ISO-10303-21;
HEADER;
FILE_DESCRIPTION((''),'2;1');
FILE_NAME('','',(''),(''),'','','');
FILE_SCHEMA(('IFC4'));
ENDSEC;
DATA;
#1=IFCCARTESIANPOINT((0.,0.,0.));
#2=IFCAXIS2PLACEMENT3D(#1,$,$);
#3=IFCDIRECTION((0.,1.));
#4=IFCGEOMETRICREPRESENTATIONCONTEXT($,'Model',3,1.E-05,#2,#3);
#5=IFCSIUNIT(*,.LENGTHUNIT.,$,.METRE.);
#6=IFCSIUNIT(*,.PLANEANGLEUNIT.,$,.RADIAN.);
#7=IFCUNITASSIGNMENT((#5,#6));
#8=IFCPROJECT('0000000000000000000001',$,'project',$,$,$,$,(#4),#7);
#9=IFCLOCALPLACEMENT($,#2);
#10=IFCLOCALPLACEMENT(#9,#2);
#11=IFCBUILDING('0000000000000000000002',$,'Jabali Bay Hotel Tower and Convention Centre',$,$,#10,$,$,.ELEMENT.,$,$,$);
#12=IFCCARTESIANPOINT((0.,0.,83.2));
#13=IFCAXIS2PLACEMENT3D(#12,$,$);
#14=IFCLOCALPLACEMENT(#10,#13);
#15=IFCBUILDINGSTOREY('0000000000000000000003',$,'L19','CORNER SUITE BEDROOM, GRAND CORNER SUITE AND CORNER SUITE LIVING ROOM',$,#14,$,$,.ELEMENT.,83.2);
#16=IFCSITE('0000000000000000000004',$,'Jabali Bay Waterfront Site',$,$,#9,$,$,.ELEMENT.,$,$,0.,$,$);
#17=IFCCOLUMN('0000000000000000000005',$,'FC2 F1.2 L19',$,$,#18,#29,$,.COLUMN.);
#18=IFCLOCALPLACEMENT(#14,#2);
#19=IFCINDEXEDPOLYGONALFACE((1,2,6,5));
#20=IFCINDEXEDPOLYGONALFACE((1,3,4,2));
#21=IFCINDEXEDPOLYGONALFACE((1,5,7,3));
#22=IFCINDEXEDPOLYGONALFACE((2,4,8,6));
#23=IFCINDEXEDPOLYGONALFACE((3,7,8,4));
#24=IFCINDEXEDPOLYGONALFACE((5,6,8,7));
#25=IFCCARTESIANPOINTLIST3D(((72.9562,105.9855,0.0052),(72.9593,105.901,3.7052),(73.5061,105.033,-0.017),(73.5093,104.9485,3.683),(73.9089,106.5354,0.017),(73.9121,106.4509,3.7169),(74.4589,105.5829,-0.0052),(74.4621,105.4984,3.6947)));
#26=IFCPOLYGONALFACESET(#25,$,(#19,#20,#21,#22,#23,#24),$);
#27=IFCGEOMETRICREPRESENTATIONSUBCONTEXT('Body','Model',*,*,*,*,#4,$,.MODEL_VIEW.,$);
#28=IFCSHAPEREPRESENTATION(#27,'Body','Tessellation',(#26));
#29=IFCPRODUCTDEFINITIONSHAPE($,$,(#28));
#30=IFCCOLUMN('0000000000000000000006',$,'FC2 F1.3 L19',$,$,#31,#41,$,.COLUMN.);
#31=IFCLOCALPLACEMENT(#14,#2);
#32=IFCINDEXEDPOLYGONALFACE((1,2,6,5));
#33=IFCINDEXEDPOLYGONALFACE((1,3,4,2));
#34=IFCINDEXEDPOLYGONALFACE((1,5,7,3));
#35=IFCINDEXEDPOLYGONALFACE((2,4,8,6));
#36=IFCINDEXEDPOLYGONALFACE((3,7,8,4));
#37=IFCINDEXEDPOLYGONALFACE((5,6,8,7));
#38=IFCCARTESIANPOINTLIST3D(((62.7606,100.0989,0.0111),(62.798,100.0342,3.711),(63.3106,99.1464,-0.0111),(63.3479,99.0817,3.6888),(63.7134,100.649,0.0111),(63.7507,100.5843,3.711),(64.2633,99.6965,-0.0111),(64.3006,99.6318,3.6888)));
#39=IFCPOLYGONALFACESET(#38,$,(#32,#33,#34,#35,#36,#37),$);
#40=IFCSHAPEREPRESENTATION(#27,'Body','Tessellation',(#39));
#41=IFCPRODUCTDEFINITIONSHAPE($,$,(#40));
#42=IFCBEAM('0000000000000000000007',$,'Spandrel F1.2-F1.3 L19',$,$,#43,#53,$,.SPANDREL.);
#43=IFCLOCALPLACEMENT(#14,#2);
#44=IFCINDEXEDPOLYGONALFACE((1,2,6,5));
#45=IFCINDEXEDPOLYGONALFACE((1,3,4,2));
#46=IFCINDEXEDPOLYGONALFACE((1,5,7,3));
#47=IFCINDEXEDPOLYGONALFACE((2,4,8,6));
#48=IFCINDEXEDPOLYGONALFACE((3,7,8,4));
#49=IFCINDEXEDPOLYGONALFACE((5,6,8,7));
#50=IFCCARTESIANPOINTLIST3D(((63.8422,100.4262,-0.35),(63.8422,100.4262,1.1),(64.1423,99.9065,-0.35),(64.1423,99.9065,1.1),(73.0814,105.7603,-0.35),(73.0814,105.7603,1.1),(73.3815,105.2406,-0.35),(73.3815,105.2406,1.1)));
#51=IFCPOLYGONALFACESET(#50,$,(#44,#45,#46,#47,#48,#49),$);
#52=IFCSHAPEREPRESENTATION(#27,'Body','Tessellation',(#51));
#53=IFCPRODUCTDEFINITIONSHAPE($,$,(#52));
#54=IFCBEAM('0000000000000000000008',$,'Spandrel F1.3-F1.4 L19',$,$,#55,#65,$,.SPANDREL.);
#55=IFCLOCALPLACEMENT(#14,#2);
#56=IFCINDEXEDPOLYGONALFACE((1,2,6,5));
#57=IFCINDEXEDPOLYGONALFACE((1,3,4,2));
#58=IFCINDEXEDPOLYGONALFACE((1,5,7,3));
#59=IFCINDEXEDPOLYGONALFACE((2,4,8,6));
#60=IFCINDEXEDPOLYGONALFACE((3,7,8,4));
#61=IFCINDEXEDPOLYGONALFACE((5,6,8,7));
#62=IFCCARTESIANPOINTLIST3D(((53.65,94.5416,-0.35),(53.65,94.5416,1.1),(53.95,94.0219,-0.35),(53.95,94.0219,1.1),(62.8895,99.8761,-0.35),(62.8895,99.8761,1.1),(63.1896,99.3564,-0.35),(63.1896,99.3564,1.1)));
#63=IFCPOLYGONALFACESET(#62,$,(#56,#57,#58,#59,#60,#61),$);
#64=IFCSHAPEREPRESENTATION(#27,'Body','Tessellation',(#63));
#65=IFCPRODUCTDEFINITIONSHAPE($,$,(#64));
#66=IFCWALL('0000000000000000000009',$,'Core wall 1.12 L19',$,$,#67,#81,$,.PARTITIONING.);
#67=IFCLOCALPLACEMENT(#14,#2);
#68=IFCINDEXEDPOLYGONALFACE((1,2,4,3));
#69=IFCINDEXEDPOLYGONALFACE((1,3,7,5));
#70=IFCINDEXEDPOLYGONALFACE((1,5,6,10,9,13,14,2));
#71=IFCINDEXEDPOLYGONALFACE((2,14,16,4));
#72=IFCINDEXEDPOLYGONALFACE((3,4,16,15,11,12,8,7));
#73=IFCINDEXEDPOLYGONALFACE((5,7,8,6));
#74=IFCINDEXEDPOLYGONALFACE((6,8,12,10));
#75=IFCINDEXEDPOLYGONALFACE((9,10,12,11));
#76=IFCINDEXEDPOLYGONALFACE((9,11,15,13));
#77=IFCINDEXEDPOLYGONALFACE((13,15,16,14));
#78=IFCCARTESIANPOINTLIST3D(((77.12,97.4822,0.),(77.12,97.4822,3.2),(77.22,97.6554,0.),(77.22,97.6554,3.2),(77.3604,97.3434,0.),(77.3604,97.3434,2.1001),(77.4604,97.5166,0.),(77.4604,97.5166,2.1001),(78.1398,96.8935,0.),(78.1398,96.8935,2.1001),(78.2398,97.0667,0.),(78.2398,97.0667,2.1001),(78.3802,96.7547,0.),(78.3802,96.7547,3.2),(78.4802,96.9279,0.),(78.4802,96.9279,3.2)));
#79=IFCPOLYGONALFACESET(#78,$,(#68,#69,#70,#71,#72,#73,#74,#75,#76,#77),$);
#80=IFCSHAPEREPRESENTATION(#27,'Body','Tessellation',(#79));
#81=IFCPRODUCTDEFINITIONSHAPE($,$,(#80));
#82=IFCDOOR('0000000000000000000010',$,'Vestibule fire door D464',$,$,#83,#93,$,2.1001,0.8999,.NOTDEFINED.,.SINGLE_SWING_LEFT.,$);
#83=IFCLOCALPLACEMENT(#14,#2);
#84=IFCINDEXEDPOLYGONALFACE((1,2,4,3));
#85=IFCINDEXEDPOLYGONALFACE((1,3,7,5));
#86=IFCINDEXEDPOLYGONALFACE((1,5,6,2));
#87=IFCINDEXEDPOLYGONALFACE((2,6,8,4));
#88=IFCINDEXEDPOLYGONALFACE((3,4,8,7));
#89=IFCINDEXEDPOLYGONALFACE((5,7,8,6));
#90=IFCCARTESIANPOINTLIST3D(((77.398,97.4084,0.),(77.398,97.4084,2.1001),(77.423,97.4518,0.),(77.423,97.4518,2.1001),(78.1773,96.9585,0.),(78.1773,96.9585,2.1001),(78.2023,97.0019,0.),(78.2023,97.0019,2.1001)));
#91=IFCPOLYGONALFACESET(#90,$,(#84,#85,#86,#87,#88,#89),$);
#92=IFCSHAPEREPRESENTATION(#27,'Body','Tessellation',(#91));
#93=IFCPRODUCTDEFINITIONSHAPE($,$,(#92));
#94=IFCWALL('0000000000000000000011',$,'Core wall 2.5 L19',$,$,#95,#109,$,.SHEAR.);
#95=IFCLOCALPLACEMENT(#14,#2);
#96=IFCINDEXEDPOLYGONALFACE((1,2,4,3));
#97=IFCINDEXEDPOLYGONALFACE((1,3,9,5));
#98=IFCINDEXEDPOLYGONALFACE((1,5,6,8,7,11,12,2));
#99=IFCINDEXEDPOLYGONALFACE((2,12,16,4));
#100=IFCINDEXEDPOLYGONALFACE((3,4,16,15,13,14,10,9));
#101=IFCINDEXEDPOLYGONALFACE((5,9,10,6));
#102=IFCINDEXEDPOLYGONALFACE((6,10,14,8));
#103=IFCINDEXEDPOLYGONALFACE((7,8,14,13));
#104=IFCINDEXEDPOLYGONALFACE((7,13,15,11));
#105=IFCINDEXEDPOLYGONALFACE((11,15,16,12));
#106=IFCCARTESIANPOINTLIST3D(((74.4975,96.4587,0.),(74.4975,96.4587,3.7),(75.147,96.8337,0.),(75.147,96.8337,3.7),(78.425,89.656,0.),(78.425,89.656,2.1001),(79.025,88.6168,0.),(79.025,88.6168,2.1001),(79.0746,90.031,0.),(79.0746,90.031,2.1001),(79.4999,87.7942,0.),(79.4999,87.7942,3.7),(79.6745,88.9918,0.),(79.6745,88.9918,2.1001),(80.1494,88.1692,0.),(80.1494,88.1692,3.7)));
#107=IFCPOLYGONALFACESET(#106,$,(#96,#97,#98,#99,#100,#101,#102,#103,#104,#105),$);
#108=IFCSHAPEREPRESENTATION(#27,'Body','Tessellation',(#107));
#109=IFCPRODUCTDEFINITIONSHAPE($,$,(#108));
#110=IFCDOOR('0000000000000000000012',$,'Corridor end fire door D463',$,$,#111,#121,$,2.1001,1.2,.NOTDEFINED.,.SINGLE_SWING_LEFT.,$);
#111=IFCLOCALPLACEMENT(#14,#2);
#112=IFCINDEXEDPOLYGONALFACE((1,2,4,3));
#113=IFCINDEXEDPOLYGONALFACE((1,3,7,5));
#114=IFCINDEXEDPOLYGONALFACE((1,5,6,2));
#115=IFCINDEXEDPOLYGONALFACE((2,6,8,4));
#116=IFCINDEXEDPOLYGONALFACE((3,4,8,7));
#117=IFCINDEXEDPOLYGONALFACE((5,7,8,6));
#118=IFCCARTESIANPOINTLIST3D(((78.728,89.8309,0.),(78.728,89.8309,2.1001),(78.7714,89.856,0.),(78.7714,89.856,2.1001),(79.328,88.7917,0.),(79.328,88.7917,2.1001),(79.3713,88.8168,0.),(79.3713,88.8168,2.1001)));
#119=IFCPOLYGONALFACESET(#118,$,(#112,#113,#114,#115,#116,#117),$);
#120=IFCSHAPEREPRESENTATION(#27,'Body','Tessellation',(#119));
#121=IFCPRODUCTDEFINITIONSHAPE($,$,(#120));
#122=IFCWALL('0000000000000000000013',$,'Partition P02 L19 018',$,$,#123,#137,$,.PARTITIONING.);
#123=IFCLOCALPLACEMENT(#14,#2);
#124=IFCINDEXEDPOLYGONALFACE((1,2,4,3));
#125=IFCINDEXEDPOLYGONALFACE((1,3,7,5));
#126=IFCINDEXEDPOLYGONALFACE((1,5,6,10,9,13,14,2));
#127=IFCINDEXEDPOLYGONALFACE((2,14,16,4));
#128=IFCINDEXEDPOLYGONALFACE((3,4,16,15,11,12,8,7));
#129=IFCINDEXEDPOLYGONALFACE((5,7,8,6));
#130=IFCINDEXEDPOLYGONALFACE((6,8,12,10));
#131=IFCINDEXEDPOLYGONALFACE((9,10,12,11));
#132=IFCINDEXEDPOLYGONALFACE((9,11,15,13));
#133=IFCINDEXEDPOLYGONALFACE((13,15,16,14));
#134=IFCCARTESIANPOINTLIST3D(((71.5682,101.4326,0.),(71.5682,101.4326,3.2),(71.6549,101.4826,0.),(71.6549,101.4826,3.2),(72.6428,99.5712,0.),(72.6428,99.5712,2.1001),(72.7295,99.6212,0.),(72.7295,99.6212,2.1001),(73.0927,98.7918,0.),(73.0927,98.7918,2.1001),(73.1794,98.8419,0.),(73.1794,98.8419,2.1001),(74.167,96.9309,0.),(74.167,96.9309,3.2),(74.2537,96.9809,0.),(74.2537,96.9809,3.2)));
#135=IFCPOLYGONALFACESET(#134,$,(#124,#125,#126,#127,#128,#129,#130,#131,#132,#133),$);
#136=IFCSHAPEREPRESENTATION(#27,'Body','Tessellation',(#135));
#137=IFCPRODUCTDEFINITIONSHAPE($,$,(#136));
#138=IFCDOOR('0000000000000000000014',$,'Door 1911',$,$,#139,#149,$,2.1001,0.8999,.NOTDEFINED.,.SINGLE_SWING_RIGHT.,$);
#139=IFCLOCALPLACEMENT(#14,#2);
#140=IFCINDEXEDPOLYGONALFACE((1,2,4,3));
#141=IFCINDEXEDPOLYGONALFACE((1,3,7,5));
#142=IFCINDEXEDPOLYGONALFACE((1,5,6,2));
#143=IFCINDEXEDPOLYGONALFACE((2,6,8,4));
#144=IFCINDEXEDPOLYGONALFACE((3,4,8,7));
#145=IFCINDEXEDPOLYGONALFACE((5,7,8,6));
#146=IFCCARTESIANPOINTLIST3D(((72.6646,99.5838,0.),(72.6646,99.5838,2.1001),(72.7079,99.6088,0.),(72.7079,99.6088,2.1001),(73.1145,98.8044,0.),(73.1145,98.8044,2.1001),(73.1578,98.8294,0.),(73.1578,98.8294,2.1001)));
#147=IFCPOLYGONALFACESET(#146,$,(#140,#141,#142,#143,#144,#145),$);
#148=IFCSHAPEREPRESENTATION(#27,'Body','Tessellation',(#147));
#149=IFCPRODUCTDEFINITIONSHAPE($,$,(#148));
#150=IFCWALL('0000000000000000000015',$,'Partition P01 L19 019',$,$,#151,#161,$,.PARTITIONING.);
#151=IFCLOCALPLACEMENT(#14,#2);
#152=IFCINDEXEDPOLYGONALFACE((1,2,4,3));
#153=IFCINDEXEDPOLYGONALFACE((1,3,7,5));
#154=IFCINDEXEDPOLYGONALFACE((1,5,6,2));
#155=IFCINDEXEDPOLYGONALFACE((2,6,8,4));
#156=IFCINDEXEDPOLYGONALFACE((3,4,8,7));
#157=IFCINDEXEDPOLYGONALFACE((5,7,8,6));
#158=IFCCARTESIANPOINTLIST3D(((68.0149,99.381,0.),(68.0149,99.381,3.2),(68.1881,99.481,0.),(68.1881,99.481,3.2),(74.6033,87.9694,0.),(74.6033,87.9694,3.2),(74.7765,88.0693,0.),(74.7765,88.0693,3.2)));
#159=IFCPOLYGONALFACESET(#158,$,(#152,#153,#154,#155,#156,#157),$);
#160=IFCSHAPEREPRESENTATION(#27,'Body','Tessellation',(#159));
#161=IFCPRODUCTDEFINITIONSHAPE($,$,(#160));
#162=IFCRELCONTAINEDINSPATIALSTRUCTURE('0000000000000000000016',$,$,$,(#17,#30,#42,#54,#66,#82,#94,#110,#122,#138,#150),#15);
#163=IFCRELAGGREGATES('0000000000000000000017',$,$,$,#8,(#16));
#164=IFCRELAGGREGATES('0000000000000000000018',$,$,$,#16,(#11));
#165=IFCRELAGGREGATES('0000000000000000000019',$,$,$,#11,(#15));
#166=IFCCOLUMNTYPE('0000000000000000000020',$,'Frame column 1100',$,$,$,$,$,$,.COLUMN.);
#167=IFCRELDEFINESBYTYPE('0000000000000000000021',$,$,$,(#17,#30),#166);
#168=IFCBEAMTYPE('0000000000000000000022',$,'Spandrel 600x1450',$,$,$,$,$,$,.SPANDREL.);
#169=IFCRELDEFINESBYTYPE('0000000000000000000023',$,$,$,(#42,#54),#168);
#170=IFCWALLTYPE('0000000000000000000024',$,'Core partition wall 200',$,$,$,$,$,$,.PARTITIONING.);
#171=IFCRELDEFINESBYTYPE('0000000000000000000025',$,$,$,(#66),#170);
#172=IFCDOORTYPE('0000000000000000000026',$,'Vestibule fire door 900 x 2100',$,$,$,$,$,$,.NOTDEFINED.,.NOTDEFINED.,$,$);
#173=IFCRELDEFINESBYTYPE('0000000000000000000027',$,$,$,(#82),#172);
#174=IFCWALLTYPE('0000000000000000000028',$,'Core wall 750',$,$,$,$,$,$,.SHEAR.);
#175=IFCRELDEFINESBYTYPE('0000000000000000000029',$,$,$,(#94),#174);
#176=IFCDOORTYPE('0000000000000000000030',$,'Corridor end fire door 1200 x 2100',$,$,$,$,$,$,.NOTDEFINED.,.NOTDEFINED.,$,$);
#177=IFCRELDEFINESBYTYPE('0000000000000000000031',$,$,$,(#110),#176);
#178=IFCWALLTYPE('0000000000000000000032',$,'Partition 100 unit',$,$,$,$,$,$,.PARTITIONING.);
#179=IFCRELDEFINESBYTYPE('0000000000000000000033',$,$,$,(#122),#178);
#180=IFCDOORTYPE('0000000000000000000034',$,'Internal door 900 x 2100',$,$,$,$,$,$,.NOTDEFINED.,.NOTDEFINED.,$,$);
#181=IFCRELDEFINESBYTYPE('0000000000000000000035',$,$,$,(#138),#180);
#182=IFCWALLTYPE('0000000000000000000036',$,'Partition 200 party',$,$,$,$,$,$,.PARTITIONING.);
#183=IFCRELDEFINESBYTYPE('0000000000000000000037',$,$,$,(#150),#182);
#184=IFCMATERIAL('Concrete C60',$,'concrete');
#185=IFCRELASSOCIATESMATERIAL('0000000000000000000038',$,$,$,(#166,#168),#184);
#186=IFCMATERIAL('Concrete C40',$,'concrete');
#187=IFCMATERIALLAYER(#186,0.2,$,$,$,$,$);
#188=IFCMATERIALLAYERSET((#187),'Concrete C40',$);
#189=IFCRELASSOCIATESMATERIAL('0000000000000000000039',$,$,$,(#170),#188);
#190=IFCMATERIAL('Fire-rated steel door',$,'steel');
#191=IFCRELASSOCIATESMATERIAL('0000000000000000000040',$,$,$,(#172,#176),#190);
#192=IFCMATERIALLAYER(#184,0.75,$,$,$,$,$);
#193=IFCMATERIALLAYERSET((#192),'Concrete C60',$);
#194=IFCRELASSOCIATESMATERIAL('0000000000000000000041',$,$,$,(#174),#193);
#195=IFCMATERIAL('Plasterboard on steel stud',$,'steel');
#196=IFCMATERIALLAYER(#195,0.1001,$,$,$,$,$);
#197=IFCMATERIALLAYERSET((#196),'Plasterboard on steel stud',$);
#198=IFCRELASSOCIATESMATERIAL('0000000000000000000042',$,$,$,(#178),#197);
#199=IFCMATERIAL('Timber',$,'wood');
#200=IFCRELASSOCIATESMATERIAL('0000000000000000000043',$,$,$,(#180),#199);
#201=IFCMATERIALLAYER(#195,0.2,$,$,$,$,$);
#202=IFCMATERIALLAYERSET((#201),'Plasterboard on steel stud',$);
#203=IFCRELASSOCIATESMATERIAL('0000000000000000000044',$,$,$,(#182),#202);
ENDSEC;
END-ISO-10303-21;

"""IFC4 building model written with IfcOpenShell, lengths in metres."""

from ifc_helpers import new_model, si_unit, direction, frame, frame_2d, origin, origin_2d, place, context, subcontext, project, spatial, rectangle, extrude, material, layer, layer_set, material_profile, profile_set, type_object, element, fill, save


model = new_model("IFC4")

# Units and contexts
model_context = context("Model", 3, precision=1e-05, world=origin(), true_north=direction((0.0, 1.0)))
body_context = subcontext(model_context, "Body", "Model", "MODEL_VIEW")
ifc_project = project(units=[si_unit("LENGTHUNIT", "METRE"), si_unit("PLANEANGLEUNIT", "RADIAN")], contexts=[model_context])

# Site, building, storey
site_placement = place(None, origin())
site = spatial("IfcSite", under=ifc_project, at=site_placement, Name="Jabali Bay Waterfront Site", CompositionType="ELEMENT", RefElevation=0.0)
building_placement = place(site_placement, origin())
building = spatial("IfcBuilding", under=site, at=building_placement, Name="Jabali Bay Hotel Tower and Convention Centre", CompositionType="ELEMENT")
storey_placement = place(building_placement, frame((0.0, 0.0, 83.2)))
storey = spatial("IfcBuildingStorey", under=building, at=storey_placement, Name="L19", Description="CORNER SUITE BEDROOM, GRAND CORNER SUITE AND CORNER SUITE LIVING ROOM", CompositionType="ELEMENT", Elevation=83.2)

# Columns
ifc_material_1 = material(Name="Concrete C60", Category="concrete")
ifc_material_profile_1 = material_profile(ifc_material_1, rectangle(XDim=1.1001, YDim=1.1001, at=origin_2d()), Name="Frame column 1100")
ifc_profile_set_1 = profile_set([ifc_material_profile_1], Name="Concrete C60")
column_type = type_object("IfcColumnType", Name="Frame column 1100", PredefinedType="COLUMN", material=ifc_profile_set_1)
column_1_placement = place(storey_placement, frame((73.7075, 105.7842, 0.0), z_axis=(0.000858, -0.022825, 0.999739), x_axis=(0.866054, 0.499836, 0.010669)))
element("IfcColumn", 1, at=column_1_placement, inside=storey, type_object=column_type, Name="FC2 F1.2 L19", PredefinedType="COLUMN", context=body_context, shape_type="SweptSolid", body=[
    extrude(rectangle(XDim=1.1001, YDim=1.1001, at=origin_2d()), origin(), (0.0, 0.0, 1.0), 3.7009),
])
column_2_placement = place(storey_placement, frame((63.512, 99.8977, 0.0), z_axis=(0.010094, -0.017482, 0.999796), x_axis=(-0.499897, 0.86585, 0.020187)))
element("IfcColumn", 2, at=column_2_placement, inside=storey, type_object=column_type, Name="FC2 F1.3 L19", PredefinedType="COLUMN", context=body_context, shape_type="SweptSolid", body=[
    extrude(rectangle(XDim=1.1001, YDim=1.1001, at=origin_2d()), origin(), (0.0, 0.0, 1.0), 3.7007),
])

# Beams
ifc_material_profile_2 = material_profile(ifc_material_1, rectangle(XDim=0.6001, YDim=1.45, at=origin_2d()), Name="Spandrel 600x1450")
ifc_profile_set_2 = profile_set([ifc_material_profile_2], Name="Concrete C60")
beam_type = type_object("IfcBeamType", Name="Spandrel 600x1450", PredefinedType="SPANDREL", material=ifc_profile_set_2)
beam_1_placement = place(storey_placement, frame((73.2314, 105.5005, 0.375), z_axis=(-0.866028, -0.499996, 0.0), x_axis=(0.499996, -0.866028, 0.0)))
element("IfcBeam", 3, at=beam_1_placement, inside=storey, type_object=beam_type, Name="Spandrel F1.2-F1.3 L19", PredefinedType="SPANDREL", context=body_context, shape_type="SweptSolid", body=[
    extrude(rectangle(XDim=0.6001, YDim=1.45, at=origin_2d()), origin(), (0.0, 0.0, 1.0), 10.6685),
])
beam_2_placement = place(storey_placement, frame((63.0396, 99.6162, 0.375), z_axis=(-0.866024, -0.500003, 0.0), x_axis=(0.500003, -0.866024, 0.0)))
element("IfcBeam", 4, at=beam_2_placement, inside=storey, type_object=beam_type, Name="Spandrel F1.3-F1.4 L19", PredefinedType="SPANDREL", context=body_context, shape_type="SweptSolid", body=[
    extrude(rectangle(XDim=0.6001, YDim=1.45, at=origin_2d()), origin(), (0.0, 0.0, 1.0), 10.6689),
])

# Walls, openings, doors
ifc_material_2 = material(Name="Concrete C40", Category="concrete")
ifc_layer_1 = layer(ifc_material_2, 0.2)
ifc_layer_set_1 = layer_set([ifc_layer_1], Name="Concrete C40")
wall_type_1 = type_object("IfcWallType", Name="Core partition wall 200", PredefinedType="PARTITIONING", material=ifc_layer_set_1)
wall_1_placement = place(storey_placement, frame((78.4302, 96.8413, 0.0), z_axis=(0.0, 0.0, 1.0), x_axis=(-0.866046, 0.499965, 0.0)))
wall_1 = element("IfcWall", 5, at=wall_1_placement, inside=storey, type_object=wall_type_1, Name="Core wall 1.12 L19", PredefinedType="PARTITIONING", context=body_context, shape_type="SweptSolid", body=[
    extrude(rectangle(XDim=1.4551, YDim=0.2, at=frame_2d((0.7275, 0.0))), origin(), (0.0, 0.0, 1.0), 3.2),
])
opening_1_placement = place(wall_1_placement, frame((0.2776, 0.0, 0.0)))
opening_1 = element("IfcOpeningElement", 6, at=opening_1_placement, cuts=wall_1, PredefinedType="OPENING", context=body_context, shape_type="SweptSolid", body=[
    extrude(rectangle(XDim=0.8999, YDim=2.1001, at=frame_2d((0.45, 1.05))), frame((0.0, 0.1104, 0.0), z_axis=(0.0, -1.0, 0.0), x_axis=(1.0, 0.0, 0.0)), (0.0, 0.0, 1.0), 0.2209),
])
ifc_material_3 = material(Name="Fire-rated steel door", Category="steel")
door_type_1 = type_object("IfcDoorType", Name="Vestibule fire door 900 x 2100", OperationType="NOTDEFINED", PredefinedType="NOTDEFINED", material=ifc_material_3)
door_1_placement = place(opening_1_placement, origin())
door_1 = element("IfcDoor", 7, at=door_1_placement, inside=storey, type_object=door_type_1, Name="Vestibule fire door D464", OperationType="SINGLE_SWING_LEFT", OverallHeight=2.1001, OverallWidth=0.8999, PredefinedType="NOTDEFINED", context=body_context, shape_type="SweptSolid", body=[
    extrude(rectangle(XDim=0.8999, YDim=2.1001, at=frame_2d((0.45, 1.05))), frame((0.0, 0.0249, 0.0), z_axis=(0.0, -1.0, 0.0), x_axis=(1.0, 0.0, 0.0)), (0.0, 0.0, 1.0), 0.05),
])
fill(opening_1, door_1)
ifc_layer_2 = layer(ifc_material_1, 0.75)
ifc_layer_set_2 = layer_set([ifc_layer_2], Name="Concrete C60")
wall_type_2 = type_object("IfcWallType", Name="Core wall 750", PredefinedType="SHEAR", material=ifc_layer_set_2)
wall_2_placement = place(storey_placement, frame((74.8223, 96.6462, 0.0), z_axis=(0.0, 0.0, 1.0), x_axis=(0.499997, -0.866027, 0.0)))
wall_2 = element("IfcWall", 8, at=wall_2_placement, inside=storey, type_object=wall_type_2, Name="Core wall 2.5 L19", PredefinedType="SHEAR", context=body_context, shape_type="SweptSolid", body=[
    extrude(rectangle(XDim=10.0049, YDim=0.75, at=frame_2d((5.0024, 0.0))), origin(), (0.0, 0.0, 1.0), 3.7),
])
opening_2_placement = place(wall_2_placement, frame((7.855, 0.0, 0.0)))
opening_2 = element("IfcOpeningElement", 9, at=opening_2_placement, cuts=wall_2, PredefinedType="OPENING", context=body_context, shape_type="SweptSolid", body=[
    extrude(rectangle(XDim=1.2, YDim=2.1001, at=frame_2d((0.6001, 1.05))), frame((0.0, 0.3855, 0.0), z_axis=(0.0, -1.0, 0.0), x_axis=(1.0, 0.0, 0.0)), (0.0, 0.0, 1.0), 0.771),
])
door_type_2 = type_object("IfcDoorType", Name="Corridor end fire door 1200 x 2100", OperationType="NOTDEFINED", PredefinedType="NOTDEFINED", material=ifc_material_3)
door_2_placement = place(opening_2_placement, origin())
door_2 = element("IfcDoor", 10, at=door_2_placement, inside=storey, type_object=door_type_2, Name="Corridor end fire door D463", OperationType="SINGLE_SWING_LEFT", OverallHeight=2.1001, OverallWidth=1.2, PredefinedType="NOTDEFINED", context=body_context, shape_type="SweptSolid", body=[
    extrude(rectangle(XDim=1.2, YDim=2.1001, at=frame_2d((0.6001, 1.05))), frame((0.0, 0.0249, 0.0), z_axis=(0.0, -1.0, 0.0), x_axis=(1.0, 0.0, 0.0)), (0.0, 0.0, 1.0), 0.05),
])
fill(opening_2, door_2)
ifc_material_4 = material(Name="Plasterboard on steel stud", Category="steel")
ifc_layer_3 = layer(ifc_material_4, 0.1001)
ifc_layer_set_3 = layer_set([ifc_layer_3], Name="Plasterboard on steel stud")
wall_type_3 = type_object("IfcWallType", Name="Partition 100 unit", PredefinedType="PARTITIONING", material=ifc_layer_set_3)
wall_3_placement = place(storey_placement, frame((74.2104, 96.9558, 0.0), z_axis=(0.0, 0.0, 1.0), x_axis=(-0.499973, 0.866041, 0.0)))
wall_3 = element("IfcWall", 11, at=wall_3_placement, inside=storey, type_object=wall_type_3, Name="Partition P02 L19 018", PredefinedType="PARTITIONING", context=body_context, shape_type="SweptSolid", body=[
    extrude(rectangle(XDim=5.198, YDim=0.1001, at=frame_2d((2.5991, 0.0))), origin(), (0.0, 0.0, 1.0), 3.2),
])
opening_3_placement = place(wall_3_placement, frame((2.1489, 0.0, 0.0)))
opening_3 = element("IfcOpeningElement", 12, at=opening_3_placement, cuts=wall_3, PredefinedType="OPENING", context=body_context, shape_type="SweptSolid", body=[
    extrude(rectangle(XDim=0.8999, YDim=2.1001, at=frame_2d((0.45, 1.05))), frame((0.0, 0.0605, 0.0), z_axis=(0.0, -1.0, 0.0), x_axis=(1.0, 0.0, 0.0)), (0.0, 0.0, 1.0), 0.1211),
])
ifc_material_5 = material(Name="Timber", Category="wood")
door_type_3 = type_object("IfcDoorType", Name="Internal door 900 x 2100", OperationType="NOTDEFINED", PredefinedType="NOTDEFINED", material=ifc_material_5)
door_3_placement = place(opening_3_placement, origin())
door_3 = element("IfcDoor", 13, at=door_3_placement, inside=storey, type_object=door_type_3, Name="Door 1911", OperationType="SINGLE_SWING_RIGHT", OverallHeight=2.1001, OverallWidth=0.8999, PredefinedType="NOTDEFINED", context=body_context, shape_type="SweptSolid", body=[
    extrude(rectangle(XDim=0.8999, YDim=2.1001, at=frame_2d((0.45, 1.05))), frame((0.0, 0.0249, 0.0), z_axis=(0.0, -1.0, 0.0), x_axis=(1.0, 0.0, 0.0)), (0.0, 0.0, 1.0), 0.05),
])
fill(opening_3, door_3)

# Wall
ifc_layer_4 = layer(ifc_material_4, 0.2)
ifc_layer_set_4 = layer_set([ifc_layer_4], Name="Plasterboard on steel stud")
wall_type_4 = type_object("IfcWallType", Name="Partition 200 party", PredefinedType="PARTITIONING", material=ifc_layer_set_4)
wall_4_placement = place(storey_placement, frame((68.1016, 99.4309, 0.0), z_axis=(0.0, 0.0, 1.0), x_axis=(0.499993, -0.866029, 0.0)))
element("IfcWall", 14, at=wall_4_placement, inside=storey, type_object=wall_type_4, Name="Partition P01 L19 019", PredefinedType="PARTITIONING", context=body_context, shape_type="SweptSolid", body=[
    extrude(rectangle(XDim=13.177, YDim=0.2, at=frame_2d((6.5884, 0.0))), origin(), (0.0, 0.0, 1.0), 3.2),
])

save(model, "model.ifc")
